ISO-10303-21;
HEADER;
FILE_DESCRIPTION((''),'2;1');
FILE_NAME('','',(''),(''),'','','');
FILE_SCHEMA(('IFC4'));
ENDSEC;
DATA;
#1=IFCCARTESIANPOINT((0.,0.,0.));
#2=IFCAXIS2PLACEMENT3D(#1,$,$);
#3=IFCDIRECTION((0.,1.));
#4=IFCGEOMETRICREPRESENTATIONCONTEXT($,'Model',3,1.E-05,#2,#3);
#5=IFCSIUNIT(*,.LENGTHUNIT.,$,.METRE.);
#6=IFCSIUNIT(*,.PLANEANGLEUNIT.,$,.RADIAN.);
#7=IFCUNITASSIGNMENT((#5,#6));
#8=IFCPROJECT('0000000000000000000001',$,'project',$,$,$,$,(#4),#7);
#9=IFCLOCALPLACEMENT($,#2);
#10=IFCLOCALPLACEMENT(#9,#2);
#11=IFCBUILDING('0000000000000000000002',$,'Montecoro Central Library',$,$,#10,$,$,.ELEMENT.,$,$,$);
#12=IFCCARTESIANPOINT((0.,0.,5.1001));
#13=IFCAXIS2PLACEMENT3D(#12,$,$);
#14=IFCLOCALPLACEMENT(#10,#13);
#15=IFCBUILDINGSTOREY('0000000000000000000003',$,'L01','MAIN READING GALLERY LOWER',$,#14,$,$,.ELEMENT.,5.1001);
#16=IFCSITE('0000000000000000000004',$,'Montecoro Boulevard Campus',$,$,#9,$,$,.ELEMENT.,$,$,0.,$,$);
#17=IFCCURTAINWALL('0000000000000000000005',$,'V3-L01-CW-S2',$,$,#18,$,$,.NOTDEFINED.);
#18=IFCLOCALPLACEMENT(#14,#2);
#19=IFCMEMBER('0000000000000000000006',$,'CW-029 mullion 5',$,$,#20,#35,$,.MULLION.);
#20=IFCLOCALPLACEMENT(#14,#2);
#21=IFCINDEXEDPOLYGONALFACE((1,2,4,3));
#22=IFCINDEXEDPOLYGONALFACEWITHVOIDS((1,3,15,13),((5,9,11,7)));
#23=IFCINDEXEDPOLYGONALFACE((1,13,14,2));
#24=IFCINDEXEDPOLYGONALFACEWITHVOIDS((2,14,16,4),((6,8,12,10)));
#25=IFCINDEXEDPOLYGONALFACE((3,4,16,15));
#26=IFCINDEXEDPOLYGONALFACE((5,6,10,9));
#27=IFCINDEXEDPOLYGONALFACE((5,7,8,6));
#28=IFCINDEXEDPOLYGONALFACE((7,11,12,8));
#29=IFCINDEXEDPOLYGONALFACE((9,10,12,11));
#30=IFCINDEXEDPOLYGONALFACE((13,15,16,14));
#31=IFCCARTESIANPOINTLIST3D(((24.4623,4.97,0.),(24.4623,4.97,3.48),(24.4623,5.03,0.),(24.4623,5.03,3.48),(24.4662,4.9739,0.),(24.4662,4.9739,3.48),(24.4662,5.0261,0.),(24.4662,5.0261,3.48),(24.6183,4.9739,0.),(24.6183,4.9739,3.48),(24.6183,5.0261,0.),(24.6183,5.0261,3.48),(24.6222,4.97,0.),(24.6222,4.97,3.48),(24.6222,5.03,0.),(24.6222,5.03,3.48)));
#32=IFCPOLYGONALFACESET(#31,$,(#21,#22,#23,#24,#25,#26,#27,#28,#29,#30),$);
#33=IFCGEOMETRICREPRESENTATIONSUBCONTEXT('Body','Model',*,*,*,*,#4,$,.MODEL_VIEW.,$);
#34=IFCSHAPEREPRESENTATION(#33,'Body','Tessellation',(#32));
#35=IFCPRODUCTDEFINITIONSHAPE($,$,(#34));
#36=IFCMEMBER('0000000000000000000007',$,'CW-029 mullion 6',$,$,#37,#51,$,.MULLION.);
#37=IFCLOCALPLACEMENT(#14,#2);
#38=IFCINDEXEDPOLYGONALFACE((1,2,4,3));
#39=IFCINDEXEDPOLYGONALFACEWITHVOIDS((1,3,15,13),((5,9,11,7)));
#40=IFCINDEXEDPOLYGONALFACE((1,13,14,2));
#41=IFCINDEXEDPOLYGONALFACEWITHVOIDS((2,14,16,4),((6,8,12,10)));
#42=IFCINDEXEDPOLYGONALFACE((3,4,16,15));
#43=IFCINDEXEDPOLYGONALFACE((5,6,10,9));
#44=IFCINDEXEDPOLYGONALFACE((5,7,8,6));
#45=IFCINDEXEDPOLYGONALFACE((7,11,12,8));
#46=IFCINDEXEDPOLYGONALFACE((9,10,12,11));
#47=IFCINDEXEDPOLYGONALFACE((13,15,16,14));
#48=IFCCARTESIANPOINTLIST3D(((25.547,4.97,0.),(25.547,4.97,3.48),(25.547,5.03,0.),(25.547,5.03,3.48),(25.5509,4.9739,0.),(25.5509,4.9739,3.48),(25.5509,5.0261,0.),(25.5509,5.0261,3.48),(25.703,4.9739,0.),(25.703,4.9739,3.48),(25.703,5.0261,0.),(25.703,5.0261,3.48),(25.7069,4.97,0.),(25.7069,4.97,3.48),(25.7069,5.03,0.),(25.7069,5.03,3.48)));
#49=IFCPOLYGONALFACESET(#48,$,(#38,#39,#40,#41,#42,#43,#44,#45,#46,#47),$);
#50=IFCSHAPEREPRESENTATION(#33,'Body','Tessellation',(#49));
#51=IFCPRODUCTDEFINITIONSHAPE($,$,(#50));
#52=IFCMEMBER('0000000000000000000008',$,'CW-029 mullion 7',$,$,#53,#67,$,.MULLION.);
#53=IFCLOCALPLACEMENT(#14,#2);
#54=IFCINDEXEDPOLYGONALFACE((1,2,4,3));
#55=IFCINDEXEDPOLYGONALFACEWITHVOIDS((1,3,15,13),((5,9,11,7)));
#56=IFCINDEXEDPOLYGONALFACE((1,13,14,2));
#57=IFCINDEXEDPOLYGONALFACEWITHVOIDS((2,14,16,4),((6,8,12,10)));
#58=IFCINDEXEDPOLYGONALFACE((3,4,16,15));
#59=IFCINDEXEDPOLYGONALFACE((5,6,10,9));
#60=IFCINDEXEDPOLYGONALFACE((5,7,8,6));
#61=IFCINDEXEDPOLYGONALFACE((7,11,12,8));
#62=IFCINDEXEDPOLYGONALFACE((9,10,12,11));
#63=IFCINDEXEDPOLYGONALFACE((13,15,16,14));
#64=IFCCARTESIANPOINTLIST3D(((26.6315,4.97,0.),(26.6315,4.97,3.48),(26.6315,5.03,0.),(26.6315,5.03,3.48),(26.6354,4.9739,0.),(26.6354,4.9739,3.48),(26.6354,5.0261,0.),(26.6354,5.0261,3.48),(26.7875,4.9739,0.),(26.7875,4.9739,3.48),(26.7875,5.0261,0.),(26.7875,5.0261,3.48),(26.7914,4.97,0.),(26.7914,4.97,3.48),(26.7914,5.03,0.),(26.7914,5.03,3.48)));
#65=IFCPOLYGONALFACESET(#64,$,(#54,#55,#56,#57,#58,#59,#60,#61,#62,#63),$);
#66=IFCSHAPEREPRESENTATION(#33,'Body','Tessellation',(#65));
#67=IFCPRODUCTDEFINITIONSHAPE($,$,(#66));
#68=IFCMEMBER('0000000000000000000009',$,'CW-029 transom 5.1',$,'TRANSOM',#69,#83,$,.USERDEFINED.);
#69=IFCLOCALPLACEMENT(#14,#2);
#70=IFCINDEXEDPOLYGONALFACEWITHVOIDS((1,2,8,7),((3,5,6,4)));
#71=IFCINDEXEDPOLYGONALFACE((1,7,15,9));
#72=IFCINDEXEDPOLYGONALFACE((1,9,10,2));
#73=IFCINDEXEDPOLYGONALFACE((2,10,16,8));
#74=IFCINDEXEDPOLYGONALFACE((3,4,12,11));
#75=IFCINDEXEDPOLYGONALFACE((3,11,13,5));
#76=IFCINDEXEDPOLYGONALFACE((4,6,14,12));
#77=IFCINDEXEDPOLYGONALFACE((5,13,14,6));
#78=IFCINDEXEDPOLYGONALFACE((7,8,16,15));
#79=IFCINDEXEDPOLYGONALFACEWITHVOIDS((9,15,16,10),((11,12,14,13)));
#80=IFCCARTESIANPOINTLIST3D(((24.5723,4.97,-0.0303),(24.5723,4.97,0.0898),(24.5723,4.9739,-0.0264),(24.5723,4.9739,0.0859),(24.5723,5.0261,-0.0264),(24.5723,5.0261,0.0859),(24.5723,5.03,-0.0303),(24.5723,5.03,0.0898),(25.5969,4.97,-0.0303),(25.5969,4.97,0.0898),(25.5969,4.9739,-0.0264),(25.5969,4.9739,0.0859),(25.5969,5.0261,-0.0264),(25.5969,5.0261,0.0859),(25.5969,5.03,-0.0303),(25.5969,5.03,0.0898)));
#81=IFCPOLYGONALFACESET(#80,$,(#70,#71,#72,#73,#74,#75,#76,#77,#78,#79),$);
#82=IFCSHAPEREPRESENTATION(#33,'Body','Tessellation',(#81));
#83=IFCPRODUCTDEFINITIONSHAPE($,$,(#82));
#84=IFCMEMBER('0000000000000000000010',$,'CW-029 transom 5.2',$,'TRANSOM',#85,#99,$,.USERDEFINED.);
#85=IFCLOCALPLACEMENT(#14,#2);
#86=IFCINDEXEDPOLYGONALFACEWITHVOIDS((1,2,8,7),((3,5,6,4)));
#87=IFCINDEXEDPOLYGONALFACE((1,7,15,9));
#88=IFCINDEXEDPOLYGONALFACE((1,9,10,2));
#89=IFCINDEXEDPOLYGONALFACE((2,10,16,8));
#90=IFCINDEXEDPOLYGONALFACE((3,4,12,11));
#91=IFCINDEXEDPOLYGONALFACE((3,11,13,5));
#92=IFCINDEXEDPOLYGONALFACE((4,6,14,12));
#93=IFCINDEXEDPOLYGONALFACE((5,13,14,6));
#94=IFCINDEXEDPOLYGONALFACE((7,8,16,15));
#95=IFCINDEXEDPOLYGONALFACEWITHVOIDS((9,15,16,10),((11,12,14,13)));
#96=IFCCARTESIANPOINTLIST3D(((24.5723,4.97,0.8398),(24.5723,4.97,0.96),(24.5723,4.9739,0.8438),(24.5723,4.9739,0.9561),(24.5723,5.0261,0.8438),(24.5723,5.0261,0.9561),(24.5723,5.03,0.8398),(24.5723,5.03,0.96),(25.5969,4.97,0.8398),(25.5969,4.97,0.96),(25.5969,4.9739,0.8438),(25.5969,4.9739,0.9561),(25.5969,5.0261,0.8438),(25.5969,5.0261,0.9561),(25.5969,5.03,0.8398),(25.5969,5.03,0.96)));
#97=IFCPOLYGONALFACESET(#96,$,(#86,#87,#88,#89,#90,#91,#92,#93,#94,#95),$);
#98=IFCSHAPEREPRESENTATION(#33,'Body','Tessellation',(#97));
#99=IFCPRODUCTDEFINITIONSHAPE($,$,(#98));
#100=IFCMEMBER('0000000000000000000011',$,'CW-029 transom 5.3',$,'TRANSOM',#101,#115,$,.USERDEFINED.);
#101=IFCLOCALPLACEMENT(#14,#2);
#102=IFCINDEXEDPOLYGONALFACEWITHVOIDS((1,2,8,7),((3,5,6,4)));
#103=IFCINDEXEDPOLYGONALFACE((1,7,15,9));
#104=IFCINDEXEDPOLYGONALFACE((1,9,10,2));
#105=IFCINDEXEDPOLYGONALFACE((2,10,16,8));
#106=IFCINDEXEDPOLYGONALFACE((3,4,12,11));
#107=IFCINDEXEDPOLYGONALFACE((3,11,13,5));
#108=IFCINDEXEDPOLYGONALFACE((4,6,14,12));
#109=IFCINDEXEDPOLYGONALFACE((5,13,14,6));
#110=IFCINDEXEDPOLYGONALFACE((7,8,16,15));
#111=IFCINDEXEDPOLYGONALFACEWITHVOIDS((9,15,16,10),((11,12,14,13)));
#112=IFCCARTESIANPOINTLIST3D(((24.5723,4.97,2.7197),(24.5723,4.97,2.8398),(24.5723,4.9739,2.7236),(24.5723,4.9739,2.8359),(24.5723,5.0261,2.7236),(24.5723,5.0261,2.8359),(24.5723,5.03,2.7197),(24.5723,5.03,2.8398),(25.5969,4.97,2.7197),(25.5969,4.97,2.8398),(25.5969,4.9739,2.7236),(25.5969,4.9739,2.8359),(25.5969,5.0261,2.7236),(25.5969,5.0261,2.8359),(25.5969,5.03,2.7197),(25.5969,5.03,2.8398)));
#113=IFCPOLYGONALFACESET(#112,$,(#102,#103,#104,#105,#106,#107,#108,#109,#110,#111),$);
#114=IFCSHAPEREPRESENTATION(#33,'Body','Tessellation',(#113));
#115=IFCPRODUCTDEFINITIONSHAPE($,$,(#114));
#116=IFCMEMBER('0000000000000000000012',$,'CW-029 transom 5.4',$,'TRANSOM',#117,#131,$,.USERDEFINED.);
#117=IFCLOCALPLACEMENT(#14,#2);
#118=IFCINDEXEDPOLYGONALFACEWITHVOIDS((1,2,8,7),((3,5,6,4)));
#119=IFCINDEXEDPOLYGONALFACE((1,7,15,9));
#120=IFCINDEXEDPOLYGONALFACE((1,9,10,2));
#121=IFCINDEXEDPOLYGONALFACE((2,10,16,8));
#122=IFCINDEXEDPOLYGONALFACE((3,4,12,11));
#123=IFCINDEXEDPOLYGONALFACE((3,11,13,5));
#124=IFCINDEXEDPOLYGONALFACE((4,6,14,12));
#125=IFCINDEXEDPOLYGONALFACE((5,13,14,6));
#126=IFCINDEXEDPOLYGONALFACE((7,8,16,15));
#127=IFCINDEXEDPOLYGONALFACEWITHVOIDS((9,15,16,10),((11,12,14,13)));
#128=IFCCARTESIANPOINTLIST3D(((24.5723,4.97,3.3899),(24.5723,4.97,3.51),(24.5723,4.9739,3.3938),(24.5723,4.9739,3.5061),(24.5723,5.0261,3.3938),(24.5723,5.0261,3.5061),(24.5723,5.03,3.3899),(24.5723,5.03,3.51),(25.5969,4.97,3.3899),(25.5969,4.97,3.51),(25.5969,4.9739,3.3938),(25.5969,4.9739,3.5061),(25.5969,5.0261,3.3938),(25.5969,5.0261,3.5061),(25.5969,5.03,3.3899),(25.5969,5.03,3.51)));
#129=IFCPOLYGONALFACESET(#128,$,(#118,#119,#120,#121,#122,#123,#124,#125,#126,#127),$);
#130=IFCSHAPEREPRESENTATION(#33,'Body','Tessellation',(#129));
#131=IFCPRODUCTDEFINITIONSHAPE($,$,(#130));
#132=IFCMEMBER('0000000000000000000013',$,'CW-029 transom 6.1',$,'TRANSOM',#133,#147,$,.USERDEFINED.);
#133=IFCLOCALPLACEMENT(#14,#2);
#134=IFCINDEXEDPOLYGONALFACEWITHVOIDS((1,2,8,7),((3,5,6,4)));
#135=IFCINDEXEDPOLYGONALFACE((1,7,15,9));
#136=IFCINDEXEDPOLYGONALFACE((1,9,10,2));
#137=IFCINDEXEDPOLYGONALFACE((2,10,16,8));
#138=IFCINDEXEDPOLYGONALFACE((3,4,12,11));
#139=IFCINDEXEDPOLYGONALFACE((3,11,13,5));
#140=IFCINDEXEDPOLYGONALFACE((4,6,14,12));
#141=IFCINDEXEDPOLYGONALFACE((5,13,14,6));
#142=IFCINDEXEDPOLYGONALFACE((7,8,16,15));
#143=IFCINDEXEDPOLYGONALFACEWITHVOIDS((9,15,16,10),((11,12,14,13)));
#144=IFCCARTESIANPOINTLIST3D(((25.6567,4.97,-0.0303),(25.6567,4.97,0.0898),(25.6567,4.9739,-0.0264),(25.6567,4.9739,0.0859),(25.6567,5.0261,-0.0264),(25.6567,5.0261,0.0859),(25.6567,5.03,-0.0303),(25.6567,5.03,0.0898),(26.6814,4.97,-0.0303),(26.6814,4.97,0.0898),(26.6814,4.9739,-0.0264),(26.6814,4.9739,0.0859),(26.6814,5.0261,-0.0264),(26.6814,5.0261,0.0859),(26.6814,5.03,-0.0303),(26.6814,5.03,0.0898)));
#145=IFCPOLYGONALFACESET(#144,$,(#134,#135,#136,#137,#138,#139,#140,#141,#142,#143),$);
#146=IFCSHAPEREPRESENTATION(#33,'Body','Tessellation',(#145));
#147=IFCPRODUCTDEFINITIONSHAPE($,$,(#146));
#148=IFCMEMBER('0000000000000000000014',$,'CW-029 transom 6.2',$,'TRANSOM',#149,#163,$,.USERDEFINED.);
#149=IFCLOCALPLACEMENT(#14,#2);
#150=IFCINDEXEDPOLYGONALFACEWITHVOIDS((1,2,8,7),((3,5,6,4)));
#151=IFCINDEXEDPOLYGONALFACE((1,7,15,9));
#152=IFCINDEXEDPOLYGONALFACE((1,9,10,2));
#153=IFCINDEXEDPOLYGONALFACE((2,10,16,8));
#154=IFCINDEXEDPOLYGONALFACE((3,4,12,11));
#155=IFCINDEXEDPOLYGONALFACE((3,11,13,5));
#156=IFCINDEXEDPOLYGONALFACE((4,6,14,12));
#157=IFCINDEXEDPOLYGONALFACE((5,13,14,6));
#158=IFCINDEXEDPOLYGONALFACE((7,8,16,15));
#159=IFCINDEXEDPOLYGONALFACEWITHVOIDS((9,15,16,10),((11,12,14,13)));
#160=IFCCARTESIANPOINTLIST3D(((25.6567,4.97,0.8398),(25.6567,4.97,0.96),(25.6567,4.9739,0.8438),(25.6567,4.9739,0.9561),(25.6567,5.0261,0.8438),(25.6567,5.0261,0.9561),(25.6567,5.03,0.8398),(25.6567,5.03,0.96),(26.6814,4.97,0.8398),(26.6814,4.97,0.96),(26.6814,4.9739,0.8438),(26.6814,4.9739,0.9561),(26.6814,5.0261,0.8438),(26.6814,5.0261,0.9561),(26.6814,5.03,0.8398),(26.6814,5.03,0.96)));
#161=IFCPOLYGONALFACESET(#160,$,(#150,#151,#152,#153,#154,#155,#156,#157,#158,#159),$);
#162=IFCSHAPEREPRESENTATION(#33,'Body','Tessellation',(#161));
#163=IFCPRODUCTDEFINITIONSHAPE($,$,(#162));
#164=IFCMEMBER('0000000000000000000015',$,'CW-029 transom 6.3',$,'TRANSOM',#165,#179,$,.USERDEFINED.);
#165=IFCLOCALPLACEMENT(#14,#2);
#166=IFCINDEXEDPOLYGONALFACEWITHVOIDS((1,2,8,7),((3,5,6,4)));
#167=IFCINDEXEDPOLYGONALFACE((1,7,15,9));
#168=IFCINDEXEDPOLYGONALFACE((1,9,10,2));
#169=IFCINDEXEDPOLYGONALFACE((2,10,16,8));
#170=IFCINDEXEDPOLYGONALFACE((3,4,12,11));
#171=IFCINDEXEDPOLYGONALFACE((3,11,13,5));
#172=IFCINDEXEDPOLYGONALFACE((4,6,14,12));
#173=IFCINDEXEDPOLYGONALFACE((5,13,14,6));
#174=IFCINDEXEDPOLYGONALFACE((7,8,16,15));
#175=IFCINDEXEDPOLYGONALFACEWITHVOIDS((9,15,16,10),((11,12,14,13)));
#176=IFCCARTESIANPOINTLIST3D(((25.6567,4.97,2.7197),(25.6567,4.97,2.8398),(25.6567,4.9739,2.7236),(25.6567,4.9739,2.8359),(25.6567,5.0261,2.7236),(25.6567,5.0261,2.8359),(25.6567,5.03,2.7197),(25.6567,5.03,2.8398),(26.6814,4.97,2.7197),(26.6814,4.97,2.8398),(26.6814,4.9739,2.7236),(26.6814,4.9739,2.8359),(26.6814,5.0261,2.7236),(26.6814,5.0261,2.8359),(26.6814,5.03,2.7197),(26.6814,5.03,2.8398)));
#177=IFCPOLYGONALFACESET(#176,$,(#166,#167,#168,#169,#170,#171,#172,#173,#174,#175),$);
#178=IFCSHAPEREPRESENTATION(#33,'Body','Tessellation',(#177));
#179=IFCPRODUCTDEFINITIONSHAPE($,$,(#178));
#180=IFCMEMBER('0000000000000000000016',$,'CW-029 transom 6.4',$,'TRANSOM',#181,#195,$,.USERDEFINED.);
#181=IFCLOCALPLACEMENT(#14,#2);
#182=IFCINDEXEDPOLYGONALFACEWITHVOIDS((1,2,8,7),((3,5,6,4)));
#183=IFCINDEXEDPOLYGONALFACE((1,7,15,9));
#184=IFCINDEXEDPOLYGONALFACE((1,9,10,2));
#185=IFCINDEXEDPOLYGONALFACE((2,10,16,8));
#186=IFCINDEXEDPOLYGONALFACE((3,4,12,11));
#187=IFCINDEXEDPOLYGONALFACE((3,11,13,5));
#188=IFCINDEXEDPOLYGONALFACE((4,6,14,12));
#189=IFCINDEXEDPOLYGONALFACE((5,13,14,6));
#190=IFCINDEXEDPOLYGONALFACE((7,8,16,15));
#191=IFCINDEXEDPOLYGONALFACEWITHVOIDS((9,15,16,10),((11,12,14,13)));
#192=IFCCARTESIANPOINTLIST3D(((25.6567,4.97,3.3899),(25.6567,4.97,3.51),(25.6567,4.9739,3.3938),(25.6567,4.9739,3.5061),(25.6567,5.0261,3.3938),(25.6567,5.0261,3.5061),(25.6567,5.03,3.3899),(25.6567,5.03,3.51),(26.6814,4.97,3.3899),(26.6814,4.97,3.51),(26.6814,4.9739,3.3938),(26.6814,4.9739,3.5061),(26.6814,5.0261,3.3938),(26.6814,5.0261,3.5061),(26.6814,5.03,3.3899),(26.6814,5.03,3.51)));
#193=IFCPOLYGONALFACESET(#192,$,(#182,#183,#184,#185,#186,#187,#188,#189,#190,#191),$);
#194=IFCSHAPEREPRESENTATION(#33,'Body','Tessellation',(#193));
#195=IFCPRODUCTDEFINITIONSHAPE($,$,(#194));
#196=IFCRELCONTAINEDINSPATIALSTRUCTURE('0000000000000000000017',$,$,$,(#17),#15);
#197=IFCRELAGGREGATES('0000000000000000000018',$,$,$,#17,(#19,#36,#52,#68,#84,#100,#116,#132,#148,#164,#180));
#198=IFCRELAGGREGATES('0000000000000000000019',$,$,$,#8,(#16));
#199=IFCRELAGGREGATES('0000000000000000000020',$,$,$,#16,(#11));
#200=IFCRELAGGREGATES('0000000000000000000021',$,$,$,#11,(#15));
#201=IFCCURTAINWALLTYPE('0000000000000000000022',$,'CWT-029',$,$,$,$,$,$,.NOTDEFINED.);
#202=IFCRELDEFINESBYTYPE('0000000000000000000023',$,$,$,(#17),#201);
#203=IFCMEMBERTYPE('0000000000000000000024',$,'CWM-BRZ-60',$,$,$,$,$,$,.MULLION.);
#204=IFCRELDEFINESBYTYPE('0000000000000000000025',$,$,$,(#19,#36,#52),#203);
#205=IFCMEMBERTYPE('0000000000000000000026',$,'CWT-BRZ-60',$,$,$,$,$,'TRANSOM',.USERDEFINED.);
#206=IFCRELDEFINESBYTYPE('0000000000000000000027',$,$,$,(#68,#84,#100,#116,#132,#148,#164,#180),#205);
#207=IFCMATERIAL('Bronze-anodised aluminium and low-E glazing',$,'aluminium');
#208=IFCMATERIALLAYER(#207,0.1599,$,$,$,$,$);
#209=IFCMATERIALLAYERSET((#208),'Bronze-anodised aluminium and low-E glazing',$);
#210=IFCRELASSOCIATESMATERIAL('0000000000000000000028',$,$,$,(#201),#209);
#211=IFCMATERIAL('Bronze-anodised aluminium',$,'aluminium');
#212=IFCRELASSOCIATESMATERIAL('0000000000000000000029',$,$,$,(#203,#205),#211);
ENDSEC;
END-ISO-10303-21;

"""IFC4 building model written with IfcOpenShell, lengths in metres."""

from ifc_helpers import new_model, si_unit, direction, frame, origin, origin_2d, place, context, subcontext, project, spatial, hollow_rectangle, extrude, material, layer, layer_set, material_profile, profile_set, type_object, element, aggregate, save


model = new_model("IFC4")

# Units and contexts
model_context = context("Model", 3, precision=1e-05, world=origin(), true_north=direction((0.0, 1.0)))
body_context = subcontext(model_context, "Body", "Model", "MODEL_VIEW")
ifc_project = project(units=[si_unit("LENGTHUNIT", "METRE"), si_unit("PLANEANGLEUNIT", "RADIAN")], contexts=[model_context])

# Site, building, storey
site_placement = place(None, origin())
site = spatial("IfcSite", under=ifc_project, at=site_placement, Name="Montecoro Boulevard Campus", CompositionType="ELEMENT", RefElevation=0.0)
building_placement = place(site_placement, origin())
building = spatial("IfcBuilding", under=site, at=building_placement, Name="Montecoro Central Library", CompositionType="ELEMENT")
storey_placement = place(building_placement, frame((0.0, 0.0, 5.1001)))
storey = spatial("IfcBuildingStorey", under=building, at=storey_placement, Name="L01", Description="MAIN READING GALLERY LOWER", CompositionType="ELEMENT", Elevation=5.1001)

# Curtain wall, members
ifc_material_1 = material(Name="Bronze-anodised aluminium and low-E glazing", Category="aluminium")
ifc_layer_1 = layer(ifc_material_1, 0.1599)
ifc_layer_set_1 = layer_set([ifc_layer_1], Name="Bronze-anodised aluminium and low-E glazing")
curtain_wall_type = type_object("IfcCurtainWallType", Name="CWT-029", PredefinedType="NOTDEFINED", material=ifc_layer_set_1)
curtain_wall_placement = place(storey_placement, origin())
curtain_wall = element("IfcCurtainWall", 1, at=curtain_wall_placement, inside=storey, type_object=curtain_wall_type, Name="V3-L01-CW-S2", PredefinedType="NOTDEFINED")
ifc_material_2 = material(Name="Bronze-anodised aluminium", Category="aluminium")
ifc_material_profile_1 = material_profile(ifc_material_2, hollow_rectangle(XDim=0.0601, YDim=0.1599, WallThickness=0.0039, at=origin_2d()), Name="CWM 160x60x4.0")
ifc_profile_set_1 = profile_set([ifc_material_profile_1], Name="Bronze-anodised aluminium")
member_type_1 = type_object("IfcMemberType", Name="CWM-BRZ-60", PredefinedType="MULLION", material=ifc_profile_set_1)
member_1_placement = place(storey_placement, frame((24.5422, 5.0, 0.0), z_axis=(0.0, 0.0, 1.0), x_axis=(0.0, 1.0, 0.0)))
member_1 = element("IfcMember", 2, at=member_1_placement, type_object=member_type_1, Name="CW-029 mullion 5", PredefinedType="MULLION", context=body_context, shape_type="SweptSolid", body=[
    extrude(hollow_rectangle(XDim=0.0601, YDim=0.1599, WallThickness=0.0039, at=origin_2d()), origin(), (0.0, 0.0, 1.0), 3.48),
])
member_2_placement = place(storey_placement, frame((25.627, 5.0, 0.0), z_axis=(0.0, 0.0, 1.0), x_axis=(0.0, 1.0, 0.0)))
member_2 = element("IfcMember", 3, at=member_2_placement, type_object=member_type_1, Name="CW-029 mullion 6", PredefinedType="MULLION", context=body_context, shape_type="SweptSolid", body=[
    extrude(hollow_rectangle(XDim=0.0601, YDim=0.1599, WallThickness=0.0039, at=origin_2d()), origin(), (0.0, 0.0, 1.0), 3.48),
])
member_3_placement = place(storey_placement, frame((26.7114, 5.0, 0.0), z_axis=(0.0, 0.0, 1.0), x_axis=(0.0, 1.0, 0.0)))
member_3 = element("IfcMember", 4, at=member_3_placement, type_object=member_type_1, Name="CW-029 mullion 7", PredefinedType="MULLION", context=body_context, shape_type="SweptSolid", body=[
    extrude(hollow_rectangle(XDim=0.0601, YDim=0.1599, WallThickness=0.0039, at=origin_2d()), origin(), (0.0, 0.0, 1.0), 3.48),
])
ifc_material_profile_2 = material_profile(ifc_material_2, hollow_rectangle(XDim=0.0601, YDim=0.1201, WallThickness=0.0039, at=origin_2d()), Name="CWT 120x60x4.0")
ifc_profile_set_2 = profile_set([ifc_material_profile_2], Name="Bronze-anodised aluminium")
member_type_2 = type_object("IfcMemberType", Name="CWT-BRZ-60", ElementType="TRANSOM", PredefinedType="USERDEFINED", material=ifc_profile_set_2)
member_4_placement = place(storey_placement, frame((24.5723, 5.0, 0.0298), z_axis=(1.0, 0.0, 0.0), x_axis=(0.0, 1.0, 0.0)))
member_4 = element("IfcMember", 5, at=member_4_placement, type_object=member_type_2, Name="CW-029 transom 5.1", ObjectType="TRANSOM", PredefinedType="USERDEFINED", context=body_context, shape_type="SweptSolid", body=[
    extrude(hollow_rectangle(XDim=0.0601, YDim=0.1201, WallThickness=0.0039, at=origin_2d()), origin(), (0.0, 0.0, 1.0), 1.0247),
])
member_5_placement = place(storey_placement, frame((24.5723, 5.0, 0.8999), z_axis=(1.0, 0.0, 0.0), x_axis=(0.0, 1.0, 0.0)))
member_5 = element("IfcMember", 6, at=member_5_placement, type_object=member_type_2, Name="CW-029 transom 5.2", ObjectType="TRANSOM", PredefinedType="USERDEFINED", context=body_context, shape_type="SweptSolid", body=[
    extrude(hollow_rectangle(XDim=0.0601, YDim=0.1201, WallThickness=0.0039, at=origin_2d()), origin(), (0.0, 0.0, 1.0), 1.0247),
])
member_6_placement = place(storey_placement, frame((24.5723, 5.0, 2.7798), z_axis=(1.0, 0.0, 0.0), x_axis=(0.0, 1.0, 0.0)))
member_6 = element("IfcMember", 7, at=member_6_placement, type_object=member_type_2, Name="CW-029 transom 5.3", ObjectType="TRANSOM", PredefinedType="USERDEFINED", context=body_context, shape_type="SweptSolid", body=[
    extrude(hollow_rectangle(XDim=0.0601, YDim=0.1201, WallThickness=0.0039, at=origin_2d()), origin(), (0.0, 0.0, 1.0), 1.0247),
])
member_7_placement = place(storey_placement, frame((24.5723, 5.0, 3.45), z_axis=(1.0, 0.0, 0.0), x_axis=(0.0, 1.0, 0.0)))
member_7 = element("IfcMember", 8, at=member_7_placement, type_object=member_type_2, Name="CW-029 transom 5.4", ObjectType="TRANSOM", PredefinedType="USERDEFINED", context=body_context, shape_type="SweptSolid", body=[
    extrude(hollow_rectangle(XDim=0.0601, YDim=0.1201, WallThickness=0.0039, at=origin_2d()), origin(), (0.0, 0.0, 1.0), 1.0247),
])
member_8_placement = place(storey_placement, frame((25.6567, 5.0, 0.0298), z_axis=(1.0, 0.0, 0.0), x_axis=(0.0, 1.0, 0.0)))
member_8 = element("IfcMember", 9, at=member_8_placement, type_object=member_type_2, Name="CW-029 transom 6.1", ObjectType="TRANSOM", PredefinedType="USERDEFINED", context=body_context, shape_type="SweptSolid", body=[
    extrude(hollow_rectangle(XDim=0.0601, YDim=0.1201, WallThickness=0.0039, at=origin_2d()), origin(), (0.0, 0.0, 1.0), 1.0247),
])
member_9_placement = place(storey_placement, frame((25.6567, 5.0, 0.8999), z_axis=(1.0, 0.0, 0.0), x_axis=(0.0, 1.0, 0.0)))
member_9 = element("IfcMember", 10, at=member_9_placement, type_object=member_type_2, Name="CW-029 transom 6.2", ObjectType="TRANSOM", PredefinedType="USERDEFINED", context=body_context, shape_type="SweptSolid", body=[
    extrude(hollow_rectangle(XDim=0.0601, YDim=0.1201, WallThickness=0.0039, at=origin_2d()), origin(), (0.0, 0.0, 1.0), 1.0247),
])
member_10_placement = place(storey_placement, frame((25.6567, 5.0, 2.7798), z_axis=(1.0, 0.0, 0.0), x_axis=(0.0, 1.0, 0.0)))
member_10 = element("IfcMember", 11, at=member_10_placement, type_object=member_type_2, Name="CW-029 transom 6.3", ObjectType="TRANSOM", PredefinedType="USERDEFINED", context=body_context, shape_type="SweptSolid", body=[
    extrude(hollow_rectangle(XDim=0.0601, YDim=0.1201, WallThickness=0.0039, at=origin_2d()), origin(), (0.0, 0.0, 1.0), 1.0247),
])
member_11_placement = place(storey_placement, frame((25.6567, 5.0, 3.45), z_axis=(1.0, 0.0, 0.0), x_axis=(0.0, 1.0, 0.0)))
member_11 = element("IfcMember", 12, at=member_11_placement, type_object=member_type_2, Name="CW-029 transom 6.4", ObjectType="TRANSOM", PredefinedType="USERDEFINED", context=body_context, shape_type="SweptSolid", body=[
    extrude(hollow_rectangle(XDim=0.0601, YDim=0.1201, WallThickness=0.0039, at=origin_2d()), origin(), (0.0, 0.0, 1.0), 1.0247),
])
aggregate(curtain_wall, [member_1, member_2, member_3, member_4, member_5, member_6, member_7, member_8, member_9, member_10, member_11])

save(model, "model.ifc")
